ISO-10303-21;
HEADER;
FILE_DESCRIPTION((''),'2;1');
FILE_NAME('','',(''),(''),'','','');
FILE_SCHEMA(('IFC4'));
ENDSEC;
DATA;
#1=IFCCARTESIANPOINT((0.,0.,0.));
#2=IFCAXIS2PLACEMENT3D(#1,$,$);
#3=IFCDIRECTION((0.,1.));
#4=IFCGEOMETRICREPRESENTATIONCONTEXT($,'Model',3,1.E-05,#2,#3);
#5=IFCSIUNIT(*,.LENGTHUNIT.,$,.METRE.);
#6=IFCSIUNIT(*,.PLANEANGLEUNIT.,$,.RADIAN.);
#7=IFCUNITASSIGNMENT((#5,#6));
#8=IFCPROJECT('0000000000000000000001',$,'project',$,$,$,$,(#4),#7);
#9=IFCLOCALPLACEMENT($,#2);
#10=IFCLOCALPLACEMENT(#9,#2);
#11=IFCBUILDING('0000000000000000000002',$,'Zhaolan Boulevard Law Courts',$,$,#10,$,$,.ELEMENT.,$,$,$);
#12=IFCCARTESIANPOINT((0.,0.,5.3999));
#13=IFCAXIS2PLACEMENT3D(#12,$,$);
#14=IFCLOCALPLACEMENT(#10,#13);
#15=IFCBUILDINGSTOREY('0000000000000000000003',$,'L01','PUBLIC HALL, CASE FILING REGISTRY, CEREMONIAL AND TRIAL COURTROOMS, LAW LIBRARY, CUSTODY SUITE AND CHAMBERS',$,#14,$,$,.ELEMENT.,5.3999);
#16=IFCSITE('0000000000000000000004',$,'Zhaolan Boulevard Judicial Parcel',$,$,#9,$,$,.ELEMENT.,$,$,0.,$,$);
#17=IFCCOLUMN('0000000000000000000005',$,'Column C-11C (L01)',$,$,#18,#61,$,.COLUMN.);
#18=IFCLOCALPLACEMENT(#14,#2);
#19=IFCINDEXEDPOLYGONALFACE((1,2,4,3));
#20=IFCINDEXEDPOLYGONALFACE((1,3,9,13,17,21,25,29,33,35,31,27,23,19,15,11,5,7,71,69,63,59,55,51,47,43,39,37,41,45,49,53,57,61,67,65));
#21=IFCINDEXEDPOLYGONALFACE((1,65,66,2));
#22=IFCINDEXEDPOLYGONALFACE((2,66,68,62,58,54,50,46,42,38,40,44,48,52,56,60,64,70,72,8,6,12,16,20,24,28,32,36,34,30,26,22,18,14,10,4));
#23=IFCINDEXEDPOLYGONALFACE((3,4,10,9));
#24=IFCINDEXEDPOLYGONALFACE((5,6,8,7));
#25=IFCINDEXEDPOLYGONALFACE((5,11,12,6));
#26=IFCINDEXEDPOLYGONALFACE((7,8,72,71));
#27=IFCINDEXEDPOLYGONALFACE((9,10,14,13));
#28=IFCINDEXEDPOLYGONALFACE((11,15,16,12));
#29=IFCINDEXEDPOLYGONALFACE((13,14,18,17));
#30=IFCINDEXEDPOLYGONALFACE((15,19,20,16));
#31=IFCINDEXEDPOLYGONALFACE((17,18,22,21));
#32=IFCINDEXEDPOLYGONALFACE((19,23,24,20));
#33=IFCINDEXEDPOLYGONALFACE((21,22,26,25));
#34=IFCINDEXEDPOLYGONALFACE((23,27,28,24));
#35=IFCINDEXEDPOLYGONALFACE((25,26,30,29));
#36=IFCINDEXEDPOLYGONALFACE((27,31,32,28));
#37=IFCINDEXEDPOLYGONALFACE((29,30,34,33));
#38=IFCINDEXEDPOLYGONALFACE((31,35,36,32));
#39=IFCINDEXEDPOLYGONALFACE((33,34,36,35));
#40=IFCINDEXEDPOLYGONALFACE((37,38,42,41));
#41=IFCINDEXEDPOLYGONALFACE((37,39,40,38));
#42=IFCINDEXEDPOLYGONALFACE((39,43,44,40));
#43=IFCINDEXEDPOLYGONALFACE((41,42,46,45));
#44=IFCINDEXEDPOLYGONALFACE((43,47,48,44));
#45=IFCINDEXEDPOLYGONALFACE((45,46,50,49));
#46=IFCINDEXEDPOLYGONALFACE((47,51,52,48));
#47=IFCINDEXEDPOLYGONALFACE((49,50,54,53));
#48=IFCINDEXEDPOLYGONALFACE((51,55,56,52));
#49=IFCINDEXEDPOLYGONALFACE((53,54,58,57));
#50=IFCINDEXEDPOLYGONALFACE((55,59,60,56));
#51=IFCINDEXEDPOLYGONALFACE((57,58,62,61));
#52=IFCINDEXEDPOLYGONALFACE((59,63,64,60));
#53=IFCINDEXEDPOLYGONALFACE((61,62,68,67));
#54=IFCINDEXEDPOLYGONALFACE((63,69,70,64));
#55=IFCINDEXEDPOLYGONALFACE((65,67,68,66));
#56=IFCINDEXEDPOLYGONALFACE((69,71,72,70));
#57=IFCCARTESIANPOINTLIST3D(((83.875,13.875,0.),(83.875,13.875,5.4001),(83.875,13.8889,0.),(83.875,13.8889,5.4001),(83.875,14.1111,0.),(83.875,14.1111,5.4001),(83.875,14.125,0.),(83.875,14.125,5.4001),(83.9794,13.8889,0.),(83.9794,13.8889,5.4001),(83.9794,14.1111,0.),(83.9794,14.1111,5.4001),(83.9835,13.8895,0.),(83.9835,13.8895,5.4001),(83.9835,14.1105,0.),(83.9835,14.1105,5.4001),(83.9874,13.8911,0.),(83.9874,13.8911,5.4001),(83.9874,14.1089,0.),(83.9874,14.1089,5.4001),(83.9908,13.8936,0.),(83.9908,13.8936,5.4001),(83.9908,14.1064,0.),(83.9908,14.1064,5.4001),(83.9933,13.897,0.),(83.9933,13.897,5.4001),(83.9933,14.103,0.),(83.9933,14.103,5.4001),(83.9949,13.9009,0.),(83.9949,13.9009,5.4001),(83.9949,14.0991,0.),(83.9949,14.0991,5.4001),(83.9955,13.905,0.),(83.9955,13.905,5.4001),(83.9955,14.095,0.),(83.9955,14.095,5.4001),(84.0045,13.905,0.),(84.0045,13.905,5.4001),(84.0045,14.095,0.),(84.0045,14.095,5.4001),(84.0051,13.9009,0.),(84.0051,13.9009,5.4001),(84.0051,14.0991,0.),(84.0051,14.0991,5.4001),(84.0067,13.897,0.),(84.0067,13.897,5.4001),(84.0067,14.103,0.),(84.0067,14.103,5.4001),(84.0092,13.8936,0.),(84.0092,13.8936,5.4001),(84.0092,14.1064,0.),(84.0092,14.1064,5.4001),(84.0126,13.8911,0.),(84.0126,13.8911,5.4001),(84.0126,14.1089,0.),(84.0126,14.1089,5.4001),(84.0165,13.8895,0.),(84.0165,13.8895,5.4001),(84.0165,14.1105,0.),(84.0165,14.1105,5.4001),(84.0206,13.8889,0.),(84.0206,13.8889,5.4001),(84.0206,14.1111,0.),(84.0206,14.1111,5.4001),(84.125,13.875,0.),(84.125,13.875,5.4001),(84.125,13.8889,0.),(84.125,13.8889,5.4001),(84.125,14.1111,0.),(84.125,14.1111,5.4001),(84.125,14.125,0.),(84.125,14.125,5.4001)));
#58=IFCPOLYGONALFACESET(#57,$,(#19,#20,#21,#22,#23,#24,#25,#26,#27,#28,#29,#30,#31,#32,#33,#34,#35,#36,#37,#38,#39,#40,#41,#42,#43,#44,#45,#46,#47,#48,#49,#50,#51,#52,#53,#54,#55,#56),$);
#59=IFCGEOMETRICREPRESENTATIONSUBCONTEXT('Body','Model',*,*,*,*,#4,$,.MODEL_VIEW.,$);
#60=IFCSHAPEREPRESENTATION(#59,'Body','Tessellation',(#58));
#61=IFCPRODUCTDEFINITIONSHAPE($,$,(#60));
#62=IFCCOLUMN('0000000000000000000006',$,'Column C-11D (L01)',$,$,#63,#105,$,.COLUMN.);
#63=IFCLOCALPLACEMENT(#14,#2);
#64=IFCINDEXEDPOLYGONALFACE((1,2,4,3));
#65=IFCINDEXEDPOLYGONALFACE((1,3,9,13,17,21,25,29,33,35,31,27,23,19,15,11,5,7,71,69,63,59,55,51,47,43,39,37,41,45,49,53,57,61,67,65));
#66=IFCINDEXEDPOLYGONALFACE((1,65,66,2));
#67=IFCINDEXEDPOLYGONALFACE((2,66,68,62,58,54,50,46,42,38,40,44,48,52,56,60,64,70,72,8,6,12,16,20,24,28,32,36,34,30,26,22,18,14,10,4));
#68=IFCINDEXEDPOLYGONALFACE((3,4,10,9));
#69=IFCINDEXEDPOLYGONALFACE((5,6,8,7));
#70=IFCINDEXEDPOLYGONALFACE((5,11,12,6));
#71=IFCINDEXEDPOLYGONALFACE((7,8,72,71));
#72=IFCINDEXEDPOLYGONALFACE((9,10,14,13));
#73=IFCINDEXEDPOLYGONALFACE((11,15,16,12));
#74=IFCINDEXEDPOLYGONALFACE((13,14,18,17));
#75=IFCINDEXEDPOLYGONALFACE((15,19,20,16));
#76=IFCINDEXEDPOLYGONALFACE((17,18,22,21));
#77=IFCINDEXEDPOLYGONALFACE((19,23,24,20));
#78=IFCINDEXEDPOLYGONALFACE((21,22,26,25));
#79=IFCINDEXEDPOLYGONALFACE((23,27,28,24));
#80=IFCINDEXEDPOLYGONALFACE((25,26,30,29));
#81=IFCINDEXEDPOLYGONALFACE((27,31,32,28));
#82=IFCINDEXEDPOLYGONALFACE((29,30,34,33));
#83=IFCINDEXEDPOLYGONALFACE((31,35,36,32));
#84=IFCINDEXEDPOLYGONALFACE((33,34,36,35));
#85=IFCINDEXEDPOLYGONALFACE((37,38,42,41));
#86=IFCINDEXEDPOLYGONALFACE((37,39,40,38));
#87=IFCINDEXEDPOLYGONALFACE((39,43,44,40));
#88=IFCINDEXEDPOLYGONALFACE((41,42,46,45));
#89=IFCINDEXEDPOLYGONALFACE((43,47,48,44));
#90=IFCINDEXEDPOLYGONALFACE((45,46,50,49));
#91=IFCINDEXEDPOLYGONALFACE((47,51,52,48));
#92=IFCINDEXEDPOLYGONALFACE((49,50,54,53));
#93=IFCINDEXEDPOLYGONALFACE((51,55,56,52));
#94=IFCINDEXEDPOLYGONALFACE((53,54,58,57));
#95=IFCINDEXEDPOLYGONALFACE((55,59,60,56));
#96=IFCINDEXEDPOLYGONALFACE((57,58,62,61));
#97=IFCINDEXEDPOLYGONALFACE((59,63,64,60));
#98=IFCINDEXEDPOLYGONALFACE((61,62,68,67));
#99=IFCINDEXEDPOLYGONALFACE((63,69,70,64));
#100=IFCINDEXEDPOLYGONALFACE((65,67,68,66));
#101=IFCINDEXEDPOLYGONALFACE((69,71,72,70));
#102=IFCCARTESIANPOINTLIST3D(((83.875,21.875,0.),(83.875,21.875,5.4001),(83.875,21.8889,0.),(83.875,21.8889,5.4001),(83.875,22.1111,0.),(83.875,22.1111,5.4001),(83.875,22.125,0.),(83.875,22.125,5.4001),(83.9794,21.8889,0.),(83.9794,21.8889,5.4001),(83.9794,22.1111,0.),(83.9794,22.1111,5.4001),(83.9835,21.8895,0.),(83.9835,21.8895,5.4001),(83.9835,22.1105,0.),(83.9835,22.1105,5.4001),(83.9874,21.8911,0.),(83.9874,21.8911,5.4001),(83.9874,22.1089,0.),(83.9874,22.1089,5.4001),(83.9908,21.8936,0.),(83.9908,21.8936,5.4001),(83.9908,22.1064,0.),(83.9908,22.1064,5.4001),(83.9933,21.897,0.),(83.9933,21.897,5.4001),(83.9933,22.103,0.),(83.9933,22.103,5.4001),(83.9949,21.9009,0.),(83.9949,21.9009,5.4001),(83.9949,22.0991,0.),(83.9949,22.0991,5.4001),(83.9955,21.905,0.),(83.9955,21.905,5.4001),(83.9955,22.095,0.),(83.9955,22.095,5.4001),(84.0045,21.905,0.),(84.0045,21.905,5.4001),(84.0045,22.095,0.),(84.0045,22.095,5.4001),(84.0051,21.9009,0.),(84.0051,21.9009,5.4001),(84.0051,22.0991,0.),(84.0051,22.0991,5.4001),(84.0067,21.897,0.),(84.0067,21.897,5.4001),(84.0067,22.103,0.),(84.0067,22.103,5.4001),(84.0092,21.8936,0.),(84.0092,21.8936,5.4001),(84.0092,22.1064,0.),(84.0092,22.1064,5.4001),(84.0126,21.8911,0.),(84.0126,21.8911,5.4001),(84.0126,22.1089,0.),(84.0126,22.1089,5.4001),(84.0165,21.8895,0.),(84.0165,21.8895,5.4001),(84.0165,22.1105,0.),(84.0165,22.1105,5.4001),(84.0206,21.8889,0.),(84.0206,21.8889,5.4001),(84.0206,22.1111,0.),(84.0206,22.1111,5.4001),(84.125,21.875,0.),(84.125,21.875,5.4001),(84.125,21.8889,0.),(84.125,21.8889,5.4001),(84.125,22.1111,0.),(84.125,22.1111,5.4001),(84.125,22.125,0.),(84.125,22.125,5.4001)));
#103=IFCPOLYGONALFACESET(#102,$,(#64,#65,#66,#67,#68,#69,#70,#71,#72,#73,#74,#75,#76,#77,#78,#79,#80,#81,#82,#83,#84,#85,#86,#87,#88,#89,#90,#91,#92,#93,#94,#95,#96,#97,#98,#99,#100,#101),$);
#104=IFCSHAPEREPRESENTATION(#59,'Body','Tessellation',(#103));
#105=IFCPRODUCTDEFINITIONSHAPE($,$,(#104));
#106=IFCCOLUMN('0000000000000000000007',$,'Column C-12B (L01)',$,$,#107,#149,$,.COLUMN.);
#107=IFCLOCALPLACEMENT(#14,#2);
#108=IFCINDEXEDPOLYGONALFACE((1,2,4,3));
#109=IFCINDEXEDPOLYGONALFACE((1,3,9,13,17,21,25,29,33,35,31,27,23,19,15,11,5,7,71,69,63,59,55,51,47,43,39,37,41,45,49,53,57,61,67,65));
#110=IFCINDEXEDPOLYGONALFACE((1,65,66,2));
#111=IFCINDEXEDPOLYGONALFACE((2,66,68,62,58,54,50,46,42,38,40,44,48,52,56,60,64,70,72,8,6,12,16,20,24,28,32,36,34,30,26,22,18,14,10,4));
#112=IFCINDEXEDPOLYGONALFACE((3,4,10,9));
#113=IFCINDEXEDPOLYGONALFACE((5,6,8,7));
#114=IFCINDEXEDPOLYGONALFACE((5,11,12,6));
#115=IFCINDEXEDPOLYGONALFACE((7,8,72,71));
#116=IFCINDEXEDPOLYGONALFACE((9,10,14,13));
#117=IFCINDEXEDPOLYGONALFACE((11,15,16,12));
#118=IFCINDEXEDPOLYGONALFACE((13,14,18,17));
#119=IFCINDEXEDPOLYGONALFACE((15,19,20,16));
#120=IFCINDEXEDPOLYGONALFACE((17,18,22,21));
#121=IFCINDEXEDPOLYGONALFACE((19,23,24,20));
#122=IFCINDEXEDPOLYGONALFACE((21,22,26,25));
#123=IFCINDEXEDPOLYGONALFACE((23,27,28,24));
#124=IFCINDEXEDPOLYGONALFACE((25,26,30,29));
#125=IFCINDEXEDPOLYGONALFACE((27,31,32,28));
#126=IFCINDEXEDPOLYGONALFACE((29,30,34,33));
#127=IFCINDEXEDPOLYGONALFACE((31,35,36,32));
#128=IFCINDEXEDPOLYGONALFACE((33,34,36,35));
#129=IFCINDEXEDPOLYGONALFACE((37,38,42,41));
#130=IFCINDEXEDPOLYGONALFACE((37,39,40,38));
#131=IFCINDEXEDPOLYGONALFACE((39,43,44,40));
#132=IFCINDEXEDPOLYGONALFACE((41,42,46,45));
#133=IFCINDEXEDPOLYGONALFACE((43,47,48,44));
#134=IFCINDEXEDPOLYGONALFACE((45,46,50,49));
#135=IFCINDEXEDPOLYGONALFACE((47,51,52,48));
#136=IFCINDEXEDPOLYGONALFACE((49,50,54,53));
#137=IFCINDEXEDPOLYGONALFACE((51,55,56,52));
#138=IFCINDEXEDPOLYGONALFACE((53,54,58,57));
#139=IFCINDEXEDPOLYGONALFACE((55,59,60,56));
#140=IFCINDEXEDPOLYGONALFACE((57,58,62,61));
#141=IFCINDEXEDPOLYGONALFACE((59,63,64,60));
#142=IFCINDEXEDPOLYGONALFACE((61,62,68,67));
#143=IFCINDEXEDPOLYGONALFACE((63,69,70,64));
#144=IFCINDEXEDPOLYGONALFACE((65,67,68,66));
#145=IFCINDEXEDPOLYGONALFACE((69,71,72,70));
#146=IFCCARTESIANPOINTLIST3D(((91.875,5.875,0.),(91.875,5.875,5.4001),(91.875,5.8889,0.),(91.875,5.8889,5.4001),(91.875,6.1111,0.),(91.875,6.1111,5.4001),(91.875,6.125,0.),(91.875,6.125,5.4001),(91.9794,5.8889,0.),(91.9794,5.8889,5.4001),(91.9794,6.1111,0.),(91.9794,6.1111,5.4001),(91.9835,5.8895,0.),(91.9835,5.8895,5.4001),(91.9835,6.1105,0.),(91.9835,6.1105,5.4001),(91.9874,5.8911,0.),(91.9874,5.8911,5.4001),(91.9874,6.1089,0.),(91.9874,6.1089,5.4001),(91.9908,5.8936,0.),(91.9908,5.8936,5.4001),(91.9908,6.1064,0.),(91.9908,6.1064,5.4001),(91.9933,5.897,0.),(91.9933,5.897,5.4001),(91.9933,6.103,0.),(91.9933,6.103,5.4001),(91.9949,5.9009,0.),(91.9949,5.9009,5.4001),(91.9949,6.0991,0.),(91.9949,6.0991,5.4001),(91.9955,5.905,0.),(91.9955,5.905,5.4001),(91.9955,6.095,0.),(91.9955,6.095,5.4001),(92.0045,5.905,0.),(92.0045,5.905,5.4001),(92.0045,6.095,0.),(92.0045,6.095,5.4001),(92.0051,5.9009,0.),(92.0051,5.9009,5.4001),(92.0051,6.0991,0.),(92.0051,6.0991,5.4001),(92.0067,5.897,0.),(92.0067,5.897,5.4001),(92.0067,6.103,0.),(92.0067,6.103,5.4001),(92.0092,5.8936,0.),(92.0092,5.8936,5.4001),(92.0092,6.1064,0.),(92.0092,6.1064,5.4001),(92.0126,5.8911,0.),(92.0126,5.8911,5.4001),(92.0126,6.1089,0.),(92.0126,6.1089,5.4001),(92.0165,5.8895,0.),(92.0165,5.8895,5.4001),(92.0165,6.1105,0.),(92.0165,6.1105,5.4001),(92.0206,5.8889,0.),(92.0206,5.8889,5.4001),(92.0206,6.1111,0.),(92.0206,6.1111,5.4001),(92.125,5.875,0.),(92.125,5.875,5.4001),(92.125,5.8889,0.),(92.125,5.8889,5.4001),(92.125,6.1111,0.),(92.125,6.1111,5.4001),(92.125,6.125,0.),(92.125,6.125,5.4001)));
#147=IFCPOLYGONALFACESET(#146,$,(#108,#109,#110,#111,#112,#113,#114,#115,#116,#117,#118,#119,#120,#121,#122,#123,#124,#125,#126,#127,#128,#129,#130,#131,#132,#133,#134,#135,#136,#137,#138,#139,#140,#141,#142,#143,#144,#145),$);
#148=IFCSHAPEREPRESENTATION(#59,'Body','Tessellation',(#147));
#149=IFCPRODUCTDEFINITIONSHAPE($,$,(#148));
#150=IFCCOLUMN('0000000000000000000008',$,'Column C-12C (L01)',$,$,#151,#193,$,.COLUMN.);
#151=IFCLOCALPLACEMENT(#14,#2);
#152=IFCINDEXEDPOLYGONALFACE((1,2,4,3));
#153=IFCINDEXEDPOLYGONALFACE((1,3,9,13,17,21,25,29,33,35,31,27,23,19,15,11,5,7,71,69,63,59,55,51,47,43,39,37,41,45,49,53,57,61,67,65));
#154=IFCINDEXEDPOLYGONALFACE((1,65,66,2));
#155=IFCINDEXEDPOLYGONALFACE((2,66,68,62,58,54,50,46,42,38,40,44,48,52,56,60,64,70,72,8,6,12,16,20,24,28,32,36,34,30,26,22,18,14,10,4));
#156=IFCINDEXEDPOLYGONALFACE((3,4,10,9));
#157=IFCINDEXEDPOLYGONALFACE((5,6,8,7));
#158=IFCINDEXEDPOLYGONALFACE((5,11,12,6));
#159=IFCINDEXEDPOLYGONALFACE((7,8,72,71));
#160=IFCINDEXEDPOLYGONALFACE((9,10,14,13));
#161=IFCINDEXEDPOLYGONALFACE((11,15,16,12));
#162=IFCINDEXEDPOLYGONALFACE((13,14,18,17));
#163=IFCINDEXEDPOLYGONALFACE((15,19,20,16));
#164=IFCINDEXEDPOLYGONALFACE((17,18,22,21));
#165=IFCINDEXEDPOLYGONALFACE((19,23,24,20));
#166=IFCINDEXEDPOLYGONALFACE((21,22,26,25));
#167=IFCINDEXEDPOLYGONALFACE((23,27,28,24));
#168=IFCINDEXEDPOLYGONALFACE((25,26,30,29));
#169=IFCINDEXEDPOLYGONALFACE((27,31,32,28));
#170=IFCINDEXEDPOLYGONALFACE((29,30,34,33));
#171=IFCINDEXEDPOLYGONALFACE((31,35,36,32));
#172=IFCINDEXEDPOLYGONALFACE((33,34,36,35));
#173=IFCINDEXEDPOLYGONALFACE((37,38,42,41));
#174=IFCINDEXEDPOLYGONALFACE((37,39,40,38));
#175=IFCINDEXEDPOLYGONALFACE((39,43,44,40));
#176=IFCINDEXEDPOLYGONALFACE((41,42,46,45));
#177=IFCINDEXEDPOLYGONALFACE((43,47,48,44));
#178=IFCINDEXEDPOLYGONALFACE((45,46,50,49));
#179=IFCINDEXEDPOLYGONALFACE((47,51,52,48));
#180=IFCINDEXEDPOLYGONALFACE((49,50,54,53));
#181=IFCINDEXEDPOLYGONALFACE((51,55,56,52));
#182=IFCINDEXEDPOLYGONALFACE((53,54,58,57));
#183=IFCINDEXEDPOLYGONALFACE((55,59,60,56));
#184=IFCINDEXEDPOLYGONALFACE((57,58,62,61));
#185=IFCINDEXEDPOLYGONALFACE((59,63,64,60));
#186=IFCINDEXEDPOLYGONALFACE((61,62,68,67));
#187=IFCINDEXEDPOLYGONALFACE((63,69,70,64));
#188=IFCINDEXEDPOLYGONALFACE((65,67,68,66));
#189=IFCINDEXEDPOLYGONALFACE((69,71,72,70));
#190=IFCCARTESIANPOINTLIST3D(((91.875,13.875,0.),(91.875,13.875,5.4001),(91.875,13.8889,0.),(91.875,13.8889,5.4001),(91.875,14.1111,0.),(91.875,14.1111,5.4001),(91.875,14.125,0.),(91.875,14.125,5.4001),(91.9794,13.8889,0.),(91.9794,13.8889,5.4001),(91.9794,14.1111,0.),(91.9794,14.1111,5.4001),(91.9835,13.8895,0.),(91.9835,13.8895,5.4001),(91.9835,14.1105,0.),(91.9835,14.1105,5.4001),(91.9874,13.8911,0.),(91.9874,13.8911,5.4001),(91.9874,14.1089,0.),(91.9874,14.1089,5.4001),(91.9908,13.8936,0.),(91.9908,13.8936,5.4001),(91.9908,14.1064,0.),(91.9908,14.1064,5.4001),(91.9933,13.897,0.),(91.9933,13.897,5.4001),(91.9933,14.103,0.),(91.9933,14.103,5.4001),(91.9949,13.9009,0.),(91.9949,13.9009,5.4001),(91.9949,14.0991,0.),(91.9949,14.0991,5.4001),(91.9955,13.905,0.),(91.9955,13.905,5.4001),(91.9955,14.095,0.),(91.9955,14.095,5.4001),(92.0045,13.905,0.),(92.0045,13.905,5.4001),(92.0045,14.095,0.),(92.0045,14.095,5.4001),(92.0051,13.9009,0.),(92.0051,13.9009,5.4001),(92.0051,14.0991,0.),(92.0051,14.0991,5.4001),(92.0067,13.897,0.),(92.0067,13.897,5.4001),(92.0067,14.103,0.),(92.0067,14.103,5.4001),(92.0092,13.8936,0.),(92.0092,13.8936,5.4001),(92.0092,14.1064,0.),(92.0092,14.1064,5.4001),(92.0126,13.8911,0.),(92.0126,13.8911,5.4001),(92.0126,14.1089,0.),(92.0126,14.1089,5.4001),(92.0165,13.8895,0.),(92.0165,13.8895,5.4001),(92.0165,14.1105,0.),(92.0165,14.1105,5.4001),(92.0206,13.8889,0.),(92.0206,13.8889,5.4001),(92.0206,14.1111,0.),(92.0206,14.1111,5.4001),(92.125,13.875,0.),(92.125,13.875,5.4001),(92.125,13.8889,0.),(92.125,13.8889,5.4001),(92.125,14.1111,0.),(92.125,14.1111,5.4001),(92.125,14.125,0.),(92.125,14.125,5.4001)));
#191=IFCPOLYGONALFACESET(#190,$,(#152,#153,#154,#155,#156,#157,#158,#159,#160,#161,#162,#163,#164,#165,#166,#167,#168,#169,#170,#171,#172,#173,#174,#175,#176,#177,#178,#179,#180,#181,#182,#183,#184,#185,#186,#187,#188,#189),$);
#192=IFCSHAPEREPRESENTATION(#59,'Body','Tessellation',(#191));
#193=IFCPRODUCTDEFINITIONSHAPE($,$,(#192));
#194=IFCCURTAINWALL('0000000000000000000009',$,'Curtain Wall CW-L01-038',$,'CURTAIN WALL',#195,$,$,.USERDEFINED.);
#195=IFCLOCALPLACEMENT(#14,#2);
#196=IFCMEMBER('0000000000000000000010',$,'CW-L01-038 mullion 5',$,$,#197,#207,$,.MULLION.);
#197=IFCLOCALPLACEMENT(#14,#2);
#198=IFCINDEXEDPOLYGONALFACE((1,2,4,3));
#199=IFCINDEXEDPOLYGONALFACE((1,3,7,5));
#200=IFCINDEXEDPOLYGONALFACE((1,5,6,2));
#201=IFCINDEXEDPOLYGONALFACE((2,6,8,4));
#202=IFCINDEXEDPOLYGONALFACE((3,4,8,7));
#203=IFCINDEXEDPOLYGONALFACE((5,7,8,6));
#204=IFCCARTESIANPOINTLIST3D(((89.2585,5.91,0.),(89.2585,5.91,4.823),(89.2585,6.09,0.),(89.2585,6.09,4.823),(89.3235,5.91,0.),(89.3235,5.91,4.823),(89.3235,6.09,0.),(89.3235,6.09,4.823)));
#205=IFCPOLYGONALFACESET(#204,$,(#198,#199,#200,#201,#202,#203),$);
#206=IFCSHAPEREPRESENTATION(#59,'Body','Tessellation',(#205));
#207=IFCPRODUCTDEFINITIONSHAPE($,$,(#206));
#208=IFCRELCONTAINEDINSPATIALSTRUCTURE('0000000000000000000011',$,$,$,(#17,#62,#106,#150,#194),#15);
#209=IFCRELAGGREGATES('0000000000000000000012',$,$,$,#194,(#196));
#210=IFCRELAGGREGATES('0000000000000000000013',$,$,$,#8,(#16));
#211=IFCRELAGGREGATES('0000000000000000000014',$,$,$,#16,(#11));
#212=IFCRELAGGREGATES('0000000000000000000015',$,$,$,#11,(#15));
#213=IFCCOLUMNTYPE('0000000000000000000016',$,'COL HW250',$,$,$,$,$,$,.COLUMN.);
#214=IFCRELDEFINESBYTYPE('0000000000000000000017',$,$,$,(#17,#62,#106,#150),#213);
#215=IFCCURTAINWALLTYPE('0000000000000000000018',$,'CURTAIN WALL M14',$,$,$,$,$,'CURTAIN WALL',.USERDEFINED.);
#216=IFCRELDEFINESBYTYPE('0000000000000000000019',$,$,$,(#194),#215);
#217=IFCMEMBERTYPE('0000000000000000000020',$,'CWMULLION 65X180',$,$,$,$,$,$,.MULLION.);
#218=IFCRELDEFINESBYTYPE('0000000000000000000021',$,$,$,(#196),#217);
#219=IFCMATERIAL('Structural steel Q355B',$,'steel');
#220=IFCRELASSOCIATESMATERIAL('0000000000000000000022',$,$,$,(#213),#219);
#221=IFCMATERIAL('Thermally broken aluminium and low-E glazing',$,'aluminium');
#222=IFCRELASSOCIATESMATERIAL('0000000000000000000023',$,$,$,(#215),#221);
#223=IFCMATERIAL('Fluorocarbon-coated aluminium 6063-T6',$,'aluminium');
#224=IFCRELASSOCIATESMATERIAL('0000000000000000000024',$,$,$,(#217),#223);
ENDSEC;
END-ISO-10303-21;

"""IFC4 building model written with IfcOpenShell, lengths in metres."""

from ifc_helpers import new_model, si_unit, direction, frame, origin, origin_2d, place, context, subcontext, project, spatial, rectangle, i_section, extrude, material, material_profile, profile_set, type_object, element, aggregate, save


model = new_model("IFC4")

# Units and contexts
model_context = context("Model", 3, precision=1e-05, world=origin(), true_north=direction((0.0, 1.0)))
body_context = subcontext(model_context, "Body", "Model", "MODEL_VIEW")
ifc_project = project(units=[si_unit("LENGTHUNIT", "METRE"), si_unit("PLANEANGLEUNIT", "RADIAN")], contexts=[model_context])

# Site, building, storey
site_placement = place(None, origin())
site = spatial("IfcSite", under=ifc_project, at=site_placement, Name="Zhaolan Boulevard Judicial Parcel", CompositionType="ELEMENT", RefElevation=0.0)
building_placement = place(site_placement, origin())
building = spatial("IfcBuilding", under=site, at=building_placement, Name="Zhaolan Boulevard Law Courts", CompositionType="ELEMENT")
storey_placement = place(building_placement, frame((0.0, 0.0, 5.3999)))
storey = spatial("IfcBuildingStorey", under=building, at=storey_placement, Name="L01", Description="PUBLIC HALL, CASE FILING REGISTRY, CEREMONIAL AND TRIAL COURTROOMS, LAW LIBRARY, CUSTODY SUITE AND CHAMBERS", CompositionType="ELEMENT", Elevation=5.3999)

# Columns
ifc_material_1 = material(Name="Structural steel Q355B", Category="steel")
ifc_material_profile_1 = material_profile(ifc_material_1, i_section(OverallWidth=0.25, OverallDepth=0.25, WebThickness=0.009, FlangeThickness=0.0139, FilletRadius=0.0161, at=origin_2d()), Name="HW250x250")
ifc_profile_set_1 = profile_set([ifc_material_profile_1], Name="Structural steel Q355B")
column_type = type_object("IfcColumnType", Name="COL HW250", PredefinedType="COLUMN", material=ifc_profile_set_1)
for number, where, z_axis, x_axis, name in (
    (1, (84.0, 14.0, 0.0), (0.0, 0.0, 1.0), (1.0, 0.0, 0.0), "Column C-11C (L01)"),
    (2, (84.0, 22.0, 0.0), (0.0, 0.0, 1.0), (1.0, 0.0, 0.0), "Column C-11D (L01)"),
    (3, (92.0, 6.0, 0.0), (0.0, 0.0, 1.0), (1.0, 0.0, 0.0), "Column C-12B (L01)"),
    (4, (92.0, 14.0, 0.0), (0.0, 0.0, 1.0), (1.0, 0.0, 0.0), "Column C-12C (L01)"),
):
    element("IfcColumn", number, at=place(storey_placement, frame(where, z_axis=z_axis, x_axis=x_axis)), inside=storey, type_object=column_type, Name=name, PredefinedType="COLUMN", context=body_context, shape_type="SweptSolid", body=[
        extrude(i_section(OverallWidth=0.25, OverallDepth=0.25, WebThickness=0.009, FlangeThickness=0.0139, FilletRadius=0.0161, at=origin_2d()), origin(), (0.0, 0.0, 1.0), 5.4001),
    ])

# Curtain wall, member
ifc_material_2 = material(Name="Thermally broken aluminium and low-E glazing", Category="aluminium")
curtain_wall_type_1 = type_object("IfcCurtainWallType", Name="CURTAIN WALL M14", ElementType="CURTAIN WALL", PredefinedType="USERDEFINED", material=ifc_material_2)
curtain_wall_1_placement = place(storey_placement, origin())
curtain_wall_1 = element("IfcCurtainWall", 5, at=curtain_wall_1_placement, inside=storey, type_object=curtain_wall_type_1, Name="Curtain Wall CW-L01-038", ObjectType="CURTAIN WALL", PredefinedType="USERDEFINED")
ifc_material_3 = material(Name="Fluorocarbon-coated aluminium 6063-T6", Category="aluminium")
ifc_material_profile_2 = material_profile(ifc_material_3, rectangle(XDim=0.1799, YDim=0.0649, at=origin_2d()), Name="AL65x180")
ifc_profile_set_2 = profile_set([ifc_material_profile_2], Name="Fluorocarbon-coated aluminium 6063-T6")
member_type_1 = type_object("IfcMemberType", Name="CWMULLION 65X180", PredefinedType="MULLION", material=ifc_profile_set_2)
member_1_placement = place(storey_placement, frame((89.291, 6.0, 0.0), z_axis=(0.0, 0.0, 1.0), x_axis=(0.0, 1.0, 0.0)))
member_1 = element("IfcMember", 6, at=member_1_placement, type_object=member_type_1, Name="CW-L01-038 mullion 5", PredefinedType="MULLION", context=body_context, shape_type="SweptSolid", body=[
    extrude(rectangle(XDim=0.1799, YDim=0.0649, at=origin_2d()), origin(), (0.0, 0.0, 1.0), 4.823),
])

aggregate(curtain_wall_1, [member_1])

save(model, "model.ifc")
